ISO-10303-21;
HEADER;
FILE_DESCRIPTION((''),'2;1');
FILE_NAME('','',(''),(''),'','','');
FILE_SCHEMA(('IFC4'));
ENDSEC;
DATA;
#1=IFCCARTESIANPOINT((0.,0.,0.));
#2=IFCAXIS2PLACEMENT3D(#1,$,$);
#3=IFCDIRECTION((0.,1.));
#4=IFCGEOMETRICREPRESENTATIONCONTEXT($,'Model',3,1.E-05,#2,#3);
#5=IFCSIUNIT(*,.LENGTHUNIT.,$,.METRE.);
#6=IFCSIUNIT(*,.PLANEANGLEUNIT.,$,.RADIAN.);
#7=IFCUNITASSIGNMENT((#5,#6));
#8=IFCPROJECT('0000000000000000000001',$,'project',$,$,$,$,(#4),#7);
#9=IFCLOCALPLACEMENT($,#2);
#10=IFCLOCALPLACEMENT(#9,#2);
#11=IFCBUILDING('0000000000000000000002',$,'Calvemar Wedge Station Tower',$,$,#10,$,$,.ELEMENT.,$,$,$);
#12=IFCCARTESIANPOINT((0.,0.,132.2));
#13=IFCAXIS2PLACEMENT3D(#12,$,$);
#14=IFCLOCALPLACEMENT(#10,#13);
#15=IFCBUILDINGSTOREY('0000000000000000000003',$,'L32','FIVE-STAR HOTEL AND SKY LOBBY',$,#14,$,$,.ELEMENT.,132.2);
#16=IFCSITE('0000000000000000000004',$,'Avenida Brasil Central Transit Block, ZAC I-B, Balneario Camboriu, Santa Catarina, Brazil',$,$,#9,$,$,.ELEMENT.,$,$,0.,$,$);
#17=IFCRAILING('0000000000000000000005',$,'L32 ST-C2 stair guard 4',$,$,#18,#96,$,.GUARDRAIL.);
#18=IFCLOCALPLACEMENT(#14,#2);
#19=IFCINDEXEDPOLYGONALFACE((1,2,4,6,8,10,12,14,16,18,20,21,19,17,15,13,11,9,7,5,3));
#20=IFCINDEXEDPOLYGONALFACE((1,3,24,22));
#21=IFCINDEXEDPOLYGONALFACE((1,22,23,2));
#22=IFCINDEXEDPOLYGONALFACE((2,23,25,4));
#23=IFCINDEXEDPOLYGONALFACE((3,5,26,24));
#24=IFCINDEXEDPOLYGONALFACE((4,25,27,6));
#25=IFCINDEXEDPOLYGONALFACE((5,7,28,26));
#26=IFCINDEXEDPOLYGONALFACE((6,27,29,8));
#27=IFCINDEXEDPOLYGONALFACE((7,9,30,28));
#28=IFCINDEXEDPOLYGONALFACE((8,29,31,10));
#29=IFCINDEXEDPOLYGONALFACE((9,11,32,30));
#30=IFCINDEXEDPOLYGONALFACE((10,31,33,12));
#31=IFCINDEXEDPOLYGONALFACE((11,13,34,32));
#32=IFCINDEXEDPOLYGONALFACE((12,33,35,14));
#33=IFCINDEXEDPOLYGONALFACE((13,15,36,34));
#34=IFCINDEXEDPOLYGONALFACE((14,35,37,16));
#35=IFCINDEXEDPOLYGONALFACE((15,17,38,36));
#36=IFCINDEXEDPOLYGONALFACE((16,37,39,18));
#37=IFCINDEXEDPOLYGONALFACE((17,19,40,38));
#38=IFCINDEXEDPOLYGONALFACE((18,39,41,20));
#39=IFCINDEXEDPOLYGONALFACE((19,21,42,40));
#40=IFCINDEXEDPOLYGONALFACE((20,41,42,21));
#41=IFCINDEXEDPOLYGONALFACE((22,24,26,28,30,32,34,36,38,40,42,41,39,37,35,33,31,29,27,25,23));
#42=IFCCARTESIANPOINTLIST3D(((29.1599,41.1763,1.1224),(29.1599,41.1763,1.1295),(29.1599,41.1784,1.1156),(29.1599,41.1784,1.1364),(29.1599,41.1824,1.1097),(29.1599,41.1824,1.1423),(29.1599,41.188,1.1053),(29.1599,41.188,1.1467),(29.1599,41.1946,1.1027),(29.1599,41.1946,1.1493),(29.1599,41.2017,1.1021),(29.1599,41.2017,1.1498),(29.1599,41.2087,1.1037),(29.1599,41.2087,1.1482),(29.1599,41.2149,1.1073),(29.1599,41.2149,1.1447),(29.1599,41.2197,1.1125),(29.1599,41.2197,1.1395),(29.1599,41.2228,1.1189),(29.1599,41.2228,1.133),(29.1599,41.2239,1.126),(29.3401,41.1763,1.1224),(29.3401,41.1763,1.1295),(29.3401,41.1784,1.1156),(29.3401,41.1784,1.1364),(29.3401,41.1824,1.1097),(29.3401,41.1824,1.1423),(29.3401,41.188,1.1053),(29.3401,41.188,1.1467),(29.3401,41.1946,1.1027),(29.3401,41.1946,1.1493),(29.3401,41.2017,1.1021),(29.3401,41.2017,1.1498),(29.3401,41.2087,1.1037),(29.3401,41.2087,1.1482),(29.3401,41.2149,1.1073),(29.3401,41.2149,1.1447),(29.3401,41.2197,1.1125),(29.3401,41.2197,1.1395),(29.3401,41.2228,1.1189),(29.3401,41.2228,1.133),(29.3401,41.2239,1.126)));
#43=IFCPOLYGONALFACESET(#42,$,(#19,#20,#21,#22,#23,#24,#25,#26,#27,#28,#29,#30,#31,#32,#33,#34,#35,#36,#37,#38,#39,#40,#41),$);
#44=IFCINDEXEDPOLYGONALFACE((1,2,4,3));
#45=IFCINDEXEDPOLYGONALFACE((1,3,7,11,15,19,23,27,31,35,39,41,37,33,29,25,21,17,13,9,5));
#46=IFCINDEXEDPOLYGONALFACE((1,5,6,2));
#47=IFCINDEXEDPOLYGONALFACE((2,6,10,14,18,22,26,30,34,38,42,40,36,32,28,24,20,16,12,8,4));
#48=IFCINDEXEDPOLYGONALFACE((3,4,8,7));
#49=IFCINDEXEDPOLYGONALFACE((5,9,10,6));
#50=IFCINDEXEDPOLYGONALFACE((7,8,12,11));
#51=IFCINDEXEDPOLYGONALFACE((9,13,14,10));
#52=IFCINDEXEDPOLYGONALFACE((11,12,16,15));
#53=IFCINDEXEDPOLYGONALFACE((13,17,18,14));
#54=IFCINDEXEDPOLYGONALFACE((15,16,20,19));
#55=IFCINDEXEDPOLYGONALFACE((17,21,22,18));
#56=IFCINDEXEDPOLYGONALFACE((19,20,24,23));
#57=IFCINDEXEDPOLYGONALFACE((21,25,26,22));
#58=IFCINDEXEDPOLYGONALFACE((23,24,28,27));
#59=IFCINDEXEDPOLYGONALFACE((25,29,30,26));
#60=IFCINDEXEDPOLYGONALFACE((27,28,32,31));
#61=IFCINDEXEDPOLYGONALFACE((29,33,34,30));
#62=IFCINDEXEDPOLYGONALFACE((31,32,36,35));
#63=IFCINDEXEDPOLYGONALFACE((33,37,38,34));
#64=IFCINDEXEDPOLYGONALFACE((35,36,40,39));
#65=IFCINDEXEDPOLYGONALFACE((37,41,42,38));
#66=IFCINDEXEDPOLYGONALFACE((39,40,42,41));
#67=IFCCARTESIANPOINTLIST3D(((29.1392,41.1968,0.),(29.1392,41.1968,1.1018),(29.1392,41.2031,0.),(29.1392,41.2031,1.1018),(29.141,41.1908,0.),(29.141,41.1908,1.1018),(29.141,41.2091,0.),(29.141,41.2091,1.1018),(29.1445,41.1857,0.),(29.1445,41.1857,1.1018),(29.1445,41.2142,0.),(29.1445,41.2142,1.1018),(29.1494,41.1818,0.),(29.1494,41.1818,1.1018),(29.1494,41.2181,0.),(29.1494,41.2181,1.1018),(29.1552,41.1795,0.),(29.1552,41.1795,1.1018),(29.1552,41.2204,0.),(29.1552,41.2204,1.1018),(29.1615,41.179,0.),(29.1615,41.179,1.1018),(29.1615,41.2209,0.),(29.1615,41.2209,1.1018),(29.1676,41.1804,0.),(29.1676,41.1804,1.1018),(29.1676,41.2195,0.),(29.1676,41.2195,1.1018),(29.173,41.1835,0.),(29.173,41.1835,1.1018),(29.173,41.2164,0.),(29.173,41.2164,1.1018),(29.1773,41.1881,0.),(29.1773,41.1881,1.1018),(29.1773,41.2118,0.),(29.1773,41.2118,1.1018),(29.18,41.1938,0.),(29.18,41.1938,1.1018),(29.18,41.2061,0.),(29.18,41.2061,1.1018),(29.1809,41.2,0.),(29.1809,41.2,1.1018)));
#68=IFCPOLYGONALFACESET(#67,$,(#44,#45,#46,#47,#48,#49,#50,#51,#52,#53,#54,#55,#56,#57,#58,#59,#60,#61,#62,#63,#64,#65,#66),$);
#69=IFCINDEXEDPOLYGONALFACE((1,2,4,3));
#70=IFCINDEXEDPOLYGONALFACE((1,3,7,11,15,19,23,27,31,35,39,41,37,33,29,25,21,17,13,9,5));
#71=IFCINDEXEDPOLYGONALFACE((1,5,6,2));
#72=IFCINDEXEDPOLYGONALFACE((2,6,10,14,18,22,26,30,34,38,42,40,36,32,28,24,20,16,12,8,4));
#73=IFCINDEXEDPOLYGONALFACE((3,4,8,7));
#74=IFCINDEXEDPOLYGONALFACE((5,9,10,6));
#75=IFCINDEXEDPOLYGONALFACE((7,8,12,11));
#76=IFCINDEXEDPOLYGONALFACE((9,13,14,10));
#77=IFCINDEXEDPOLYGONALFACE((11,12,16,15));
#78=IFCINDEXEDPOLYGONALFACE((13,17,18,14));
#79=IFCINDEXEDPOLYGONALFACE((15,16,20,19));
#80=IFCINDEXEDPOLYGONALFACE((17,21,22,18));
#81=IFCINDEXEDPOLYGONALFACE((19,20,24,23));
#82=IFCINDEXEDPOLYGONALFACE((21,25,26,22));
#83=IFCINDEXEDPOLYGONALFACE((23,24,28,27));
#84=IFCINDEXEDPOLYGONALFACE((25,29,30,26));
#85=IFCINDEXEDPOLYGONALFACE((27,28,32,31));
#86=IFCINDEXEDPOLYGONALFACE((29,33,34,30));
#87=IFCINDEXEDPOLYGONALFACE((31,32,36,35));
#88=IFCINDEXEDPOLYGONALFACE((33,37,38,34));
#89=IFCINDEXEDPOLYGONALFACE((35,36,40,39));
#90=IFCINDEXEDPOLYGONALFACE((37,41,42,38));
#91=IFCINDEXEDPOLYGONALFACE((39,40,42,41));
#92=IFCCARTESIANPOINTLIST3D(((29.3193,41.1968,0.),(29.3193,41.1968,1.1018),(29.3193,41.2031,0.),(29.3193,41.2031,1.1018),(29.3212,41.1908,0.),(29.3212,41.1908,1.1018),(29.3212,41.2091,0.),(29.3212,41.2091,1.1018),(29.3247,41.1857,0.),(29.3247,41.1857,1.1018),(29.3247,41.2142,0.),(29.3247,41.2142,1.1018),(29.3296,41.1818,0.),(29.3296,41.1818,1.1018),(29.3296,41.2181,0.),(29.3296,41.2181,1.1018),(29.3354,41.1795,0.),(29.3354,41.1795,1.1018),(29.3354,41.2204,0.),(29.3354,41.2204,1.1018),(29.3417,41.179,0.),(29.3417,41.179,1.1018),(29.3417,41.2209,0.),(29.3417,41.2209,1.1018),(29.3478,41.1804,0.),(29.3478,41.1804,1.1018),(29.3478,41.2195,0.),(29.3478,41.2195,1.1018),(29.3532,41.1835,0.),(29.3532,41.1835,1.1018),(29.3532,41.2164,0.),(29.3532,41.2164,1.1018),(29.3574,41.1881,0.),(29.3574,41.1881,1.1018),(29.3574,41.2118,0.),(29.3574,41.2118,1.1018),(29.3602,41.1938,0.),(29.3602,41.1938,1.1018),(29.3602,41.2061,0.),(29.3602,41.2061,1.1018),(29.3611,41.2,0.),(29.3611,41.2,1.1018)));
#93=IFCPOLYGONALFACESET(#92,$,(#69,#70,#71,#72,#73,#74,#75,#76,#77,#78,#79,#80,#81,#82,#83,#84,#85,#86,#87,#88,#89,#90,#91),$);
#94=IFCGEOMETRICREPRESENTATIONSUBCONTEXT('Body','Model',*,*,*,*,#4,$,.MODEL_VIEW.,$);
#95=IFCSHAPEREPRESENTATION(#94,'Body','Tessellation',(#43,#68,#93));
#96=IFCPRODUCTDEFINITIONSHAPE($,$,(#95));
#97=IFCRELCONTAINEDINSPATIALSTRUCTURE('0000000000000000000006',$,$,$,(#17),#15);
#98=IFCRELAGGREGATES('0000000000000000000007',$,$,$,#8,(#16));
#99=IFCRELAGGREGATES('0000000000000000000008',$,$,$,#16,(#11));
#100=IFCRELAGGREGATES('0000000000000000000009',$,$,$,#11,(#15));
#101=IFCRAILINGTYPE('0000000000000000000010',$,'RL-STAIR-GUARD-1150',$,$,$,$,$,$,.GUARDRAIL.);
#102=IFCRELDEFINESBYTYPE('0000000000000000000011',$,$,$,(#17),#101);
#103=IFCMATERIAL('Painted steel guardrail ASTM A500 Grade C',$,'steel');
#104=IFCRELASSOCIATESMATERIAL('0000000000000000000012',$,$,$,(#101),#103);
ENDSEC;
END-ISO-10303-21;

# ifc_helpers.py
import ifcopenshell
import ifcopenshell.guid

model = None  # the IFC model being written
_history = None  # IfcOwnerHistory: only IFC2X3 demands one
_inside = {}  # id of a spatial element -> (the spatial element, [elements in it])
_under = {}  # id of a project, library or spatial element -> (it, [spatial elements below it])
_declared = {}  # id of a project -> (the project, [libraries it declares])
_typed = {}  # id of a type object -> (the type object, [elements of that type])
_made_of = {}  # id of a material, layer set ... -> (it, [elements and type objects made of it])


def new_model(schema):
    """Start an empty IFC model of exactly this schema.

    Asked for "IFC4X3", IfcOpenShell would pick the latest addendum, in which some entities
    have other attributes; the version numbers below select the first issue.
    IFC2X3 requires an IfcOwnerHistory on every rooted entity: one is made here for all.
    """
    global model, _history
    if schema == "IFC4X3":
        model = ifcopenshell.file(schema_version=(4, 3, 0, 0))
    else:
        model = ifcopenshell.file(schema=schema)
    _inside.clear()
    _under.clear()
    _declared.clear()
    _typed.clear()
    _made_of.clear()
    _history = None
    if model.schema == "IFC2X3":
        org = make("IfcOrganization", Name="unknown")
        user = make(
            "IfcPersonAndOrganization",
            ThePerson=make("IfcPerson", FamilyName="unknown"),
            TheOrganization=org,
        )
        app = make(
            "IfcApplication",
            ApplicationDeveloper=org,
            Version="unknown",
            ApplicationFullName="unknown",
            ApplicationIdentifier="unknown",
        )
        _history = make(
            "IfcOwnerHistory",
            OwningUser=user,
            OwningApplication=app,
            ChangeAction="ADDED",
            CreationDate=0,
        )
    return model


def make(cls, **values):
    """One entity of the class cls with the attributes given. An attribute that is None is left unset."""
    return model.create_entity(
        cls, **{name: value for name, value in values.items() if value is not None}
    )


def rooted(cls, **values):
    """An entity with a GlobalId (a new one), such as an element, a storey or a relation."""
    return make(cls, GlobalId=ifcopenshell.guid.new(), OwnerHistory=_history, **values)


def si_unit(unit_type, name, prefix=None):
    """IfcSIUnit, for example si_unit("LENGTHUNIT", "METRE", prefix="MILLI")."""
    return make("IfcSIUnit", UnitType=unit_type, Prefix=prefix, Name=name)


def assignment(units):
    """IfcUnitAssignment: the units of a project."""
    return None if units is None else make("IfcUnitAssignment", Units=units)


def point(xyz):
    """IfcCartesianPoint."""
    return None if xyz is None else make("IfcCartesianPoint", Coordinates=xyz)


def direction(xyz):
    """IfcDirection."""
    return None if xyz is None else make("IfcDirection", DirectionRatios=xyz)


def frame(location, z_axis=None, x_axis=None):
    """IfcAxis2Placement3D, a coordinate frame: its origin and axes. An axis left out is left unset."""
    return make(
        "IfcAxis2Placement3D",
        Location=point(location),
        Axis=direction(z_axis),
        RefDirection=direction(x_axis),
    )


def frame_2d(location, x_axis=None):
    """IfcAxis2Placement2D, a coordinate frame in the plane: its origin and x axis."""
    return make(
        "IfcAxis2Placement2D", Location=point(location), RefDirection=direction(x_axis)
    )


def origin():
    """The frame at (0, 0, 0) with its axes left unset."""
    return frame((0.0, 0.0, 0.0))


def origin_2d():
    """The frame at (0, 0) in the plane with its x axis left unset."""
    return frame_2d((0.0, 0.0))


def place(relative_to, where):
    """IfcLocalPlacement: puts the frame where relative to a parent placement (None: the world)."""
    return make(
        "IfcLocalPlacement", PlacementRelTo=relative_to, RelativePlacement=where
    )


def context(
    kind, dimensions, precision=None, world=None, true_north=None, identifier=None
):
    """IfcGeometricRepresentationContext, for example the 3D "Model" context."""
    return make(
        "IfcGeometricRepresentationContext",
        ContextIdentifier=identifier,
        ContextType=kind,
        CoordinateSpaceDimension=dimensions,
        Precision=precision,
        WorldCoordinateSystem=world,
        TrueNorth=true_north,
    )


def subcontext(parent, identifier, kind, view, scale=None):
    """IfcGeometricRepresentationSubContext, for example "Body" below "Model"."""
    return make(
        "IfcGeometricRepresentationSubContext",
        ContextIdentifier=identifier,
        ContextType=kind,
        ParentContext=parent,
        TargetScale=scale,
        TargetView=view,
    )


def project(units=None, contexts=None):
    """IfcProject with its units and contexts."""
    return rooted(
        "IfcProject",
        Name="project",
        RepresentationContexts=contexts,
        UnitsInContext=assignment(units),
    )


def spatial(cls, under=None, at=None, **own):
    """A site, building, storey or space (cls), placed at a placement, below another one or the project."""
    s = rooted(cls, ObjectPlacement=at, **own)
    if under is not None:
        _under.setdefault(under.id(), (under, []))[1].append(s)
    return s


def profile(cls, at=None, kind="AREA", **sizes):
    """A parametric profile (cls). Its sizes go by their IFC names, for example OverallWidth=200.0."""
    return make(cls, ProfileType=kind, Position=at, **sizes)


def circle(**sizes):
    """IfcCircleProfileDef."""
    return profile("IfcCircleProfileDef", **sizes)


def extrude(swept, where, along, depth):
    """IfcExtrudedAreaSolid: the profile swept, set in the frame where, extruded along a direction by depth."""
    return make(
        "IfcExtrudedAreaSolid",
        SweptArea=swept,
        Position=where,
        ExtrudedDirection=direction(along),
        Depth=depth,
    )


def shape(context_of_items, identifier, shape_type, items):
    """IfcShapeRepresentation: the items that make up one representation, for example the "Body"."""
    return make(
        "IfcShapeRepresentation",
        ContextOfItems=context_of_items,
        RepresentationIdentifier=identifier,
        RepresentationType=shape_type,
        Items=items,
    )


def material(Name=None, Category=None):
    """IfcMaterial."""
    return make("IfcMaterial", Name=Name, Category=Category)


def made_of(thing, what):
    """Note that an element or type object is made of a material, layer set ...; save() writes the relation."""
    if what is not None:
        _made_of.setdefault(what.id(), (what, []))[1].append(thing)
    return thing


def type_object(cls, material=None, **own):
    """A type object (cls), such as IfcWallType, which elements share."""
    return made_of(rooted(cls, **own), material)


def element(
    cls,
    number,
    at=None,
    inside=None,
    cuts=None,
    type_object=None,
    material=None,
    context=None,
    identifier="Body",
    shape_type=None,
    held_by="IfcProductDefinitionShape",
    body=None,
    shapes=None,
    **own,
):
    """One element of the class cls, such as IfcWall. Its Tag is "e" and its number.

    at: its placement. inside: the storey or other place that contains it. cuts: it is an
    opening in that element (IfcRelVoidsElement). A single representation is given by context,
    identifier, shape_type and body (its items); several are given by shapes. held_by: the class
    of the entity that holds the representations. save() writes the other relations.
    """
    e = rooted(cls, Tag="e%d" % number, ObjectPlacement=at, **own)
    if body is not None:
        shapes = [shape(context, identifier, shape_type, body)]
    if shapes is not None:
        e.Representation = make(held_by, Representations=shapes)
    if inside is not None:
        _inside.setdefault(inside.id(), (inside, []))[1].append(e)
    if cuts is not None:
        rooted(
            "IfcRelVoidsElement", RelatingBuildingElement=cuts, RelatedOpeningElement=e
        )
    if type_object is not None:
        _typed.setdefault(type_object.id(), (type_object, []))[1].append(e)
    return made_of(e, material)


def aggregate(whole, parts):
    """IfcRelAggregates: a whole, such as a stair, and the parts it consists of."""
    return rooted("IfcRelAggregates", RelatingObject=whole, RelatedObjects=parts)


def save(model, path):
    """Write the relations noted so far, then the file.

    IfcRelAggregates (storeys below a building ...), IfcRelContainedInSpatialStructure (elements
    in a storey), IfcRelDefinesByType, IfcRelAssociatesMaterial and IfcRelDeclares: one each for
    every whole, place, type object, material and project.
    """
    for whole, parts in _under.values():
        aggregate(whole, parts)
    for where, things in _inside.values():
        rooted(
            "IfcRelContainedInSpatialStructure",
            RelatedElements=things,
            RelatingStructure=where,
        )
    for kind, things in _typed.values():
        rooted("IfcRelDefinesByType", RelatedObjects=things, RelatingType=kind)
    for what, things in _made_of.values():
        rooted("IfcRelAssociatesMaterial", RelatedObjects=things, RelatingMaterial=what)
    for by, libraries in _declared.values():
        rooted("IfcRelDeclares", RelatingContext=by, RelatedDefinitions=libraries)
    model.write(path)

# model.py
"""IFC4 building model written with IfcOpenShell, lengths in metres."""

from ifc_helpers import new_model, si_unit, direction, frame, origin, origin_2d, place, context, subcontext, project, spatial, circle, extrude, material, type_object, element, save


model = new_model("IFC4")

# Units and contexts
model_context = context("Model", 3, precision=1e-05, world=origin(), true_north=direction((0.0, 1.0)))
body_context = subcontext(model_context, "Body", "Model", "MODEL_VIEW")
ifc_project = project(units=[si_unit("LENGTHUNIT", "METRE"), si_unit("PLANEANGLEUNIT", "RADIAN")], contexts=[model_context])

# Site, building, storey
site_placement = place(None, origin())
site = spatial("IfcSite", under=ifc_project, at=site_placement, Name="Avenida Brasil Central Transit Block, ZAC I-B, Balneario Camboriu, Santa Catarina, Brazil", CompositionType="ELEMENT", RefElevation=0.0)
building_placement = place(site_placement, origin())
building = spatial("IfcBuilding", under=site, at=building_placement, Name="Calvemar Wedge Station Tower", CompositionType="ELEMENT")
storey_placement = place(building_placement, frame((0.0, 0.0, 132.2)))
storey = spatial("IfcBuildingStorey", under=building, at=storey_placement, Name="L32", Description="FIVE-STAR HOTEL AND SKY LOBBY", CompositionType="ELEMENT", Elevation=132.2)

# Railing
ifc_material_1 = material(Name="Painted steel guardrail ASTM A500 Grade C", Category="steel")
railing_type_1 = type_object("IfcRailingType", Name="RL-STAIR-GUARD-1150", PredefinedType="GUARDRAIL", material=ifc_material_1)
railing_1_placement = place(storey_placement, frame((29.1599, 41.2, 0.0)))
element("IfcRailing", 1, at=railing_1_placement, inside=storey, type_object=railing_type_1, Name="L32 ST-C2 stair guard 4", PredefinedType="GUARDRAIL", context=body_context, shape_type="SweptSolid", body=[
    extrude(circle(Radius=0.0239, at=origin_2d()), frame((0.0, 0.0, 1.126), z_axis=(1.0, 0.0, 0.0), x_axis=(0.0, 1.0, 0.0)), (0.0, 0.0, 1.0), 0.1802),
    extrude(circle(Radius=0.021, at=origin_2d()), origin(), (0.0, 0.0, 1.0), 1.1018),
    extrude(circle(Radius=0.021, at=origin_2d()), frame((0.1802, 0.0, 0.0)), (0.0, 0.0, 1.0), 1.1018),
])

save(model, "model.ifc")
